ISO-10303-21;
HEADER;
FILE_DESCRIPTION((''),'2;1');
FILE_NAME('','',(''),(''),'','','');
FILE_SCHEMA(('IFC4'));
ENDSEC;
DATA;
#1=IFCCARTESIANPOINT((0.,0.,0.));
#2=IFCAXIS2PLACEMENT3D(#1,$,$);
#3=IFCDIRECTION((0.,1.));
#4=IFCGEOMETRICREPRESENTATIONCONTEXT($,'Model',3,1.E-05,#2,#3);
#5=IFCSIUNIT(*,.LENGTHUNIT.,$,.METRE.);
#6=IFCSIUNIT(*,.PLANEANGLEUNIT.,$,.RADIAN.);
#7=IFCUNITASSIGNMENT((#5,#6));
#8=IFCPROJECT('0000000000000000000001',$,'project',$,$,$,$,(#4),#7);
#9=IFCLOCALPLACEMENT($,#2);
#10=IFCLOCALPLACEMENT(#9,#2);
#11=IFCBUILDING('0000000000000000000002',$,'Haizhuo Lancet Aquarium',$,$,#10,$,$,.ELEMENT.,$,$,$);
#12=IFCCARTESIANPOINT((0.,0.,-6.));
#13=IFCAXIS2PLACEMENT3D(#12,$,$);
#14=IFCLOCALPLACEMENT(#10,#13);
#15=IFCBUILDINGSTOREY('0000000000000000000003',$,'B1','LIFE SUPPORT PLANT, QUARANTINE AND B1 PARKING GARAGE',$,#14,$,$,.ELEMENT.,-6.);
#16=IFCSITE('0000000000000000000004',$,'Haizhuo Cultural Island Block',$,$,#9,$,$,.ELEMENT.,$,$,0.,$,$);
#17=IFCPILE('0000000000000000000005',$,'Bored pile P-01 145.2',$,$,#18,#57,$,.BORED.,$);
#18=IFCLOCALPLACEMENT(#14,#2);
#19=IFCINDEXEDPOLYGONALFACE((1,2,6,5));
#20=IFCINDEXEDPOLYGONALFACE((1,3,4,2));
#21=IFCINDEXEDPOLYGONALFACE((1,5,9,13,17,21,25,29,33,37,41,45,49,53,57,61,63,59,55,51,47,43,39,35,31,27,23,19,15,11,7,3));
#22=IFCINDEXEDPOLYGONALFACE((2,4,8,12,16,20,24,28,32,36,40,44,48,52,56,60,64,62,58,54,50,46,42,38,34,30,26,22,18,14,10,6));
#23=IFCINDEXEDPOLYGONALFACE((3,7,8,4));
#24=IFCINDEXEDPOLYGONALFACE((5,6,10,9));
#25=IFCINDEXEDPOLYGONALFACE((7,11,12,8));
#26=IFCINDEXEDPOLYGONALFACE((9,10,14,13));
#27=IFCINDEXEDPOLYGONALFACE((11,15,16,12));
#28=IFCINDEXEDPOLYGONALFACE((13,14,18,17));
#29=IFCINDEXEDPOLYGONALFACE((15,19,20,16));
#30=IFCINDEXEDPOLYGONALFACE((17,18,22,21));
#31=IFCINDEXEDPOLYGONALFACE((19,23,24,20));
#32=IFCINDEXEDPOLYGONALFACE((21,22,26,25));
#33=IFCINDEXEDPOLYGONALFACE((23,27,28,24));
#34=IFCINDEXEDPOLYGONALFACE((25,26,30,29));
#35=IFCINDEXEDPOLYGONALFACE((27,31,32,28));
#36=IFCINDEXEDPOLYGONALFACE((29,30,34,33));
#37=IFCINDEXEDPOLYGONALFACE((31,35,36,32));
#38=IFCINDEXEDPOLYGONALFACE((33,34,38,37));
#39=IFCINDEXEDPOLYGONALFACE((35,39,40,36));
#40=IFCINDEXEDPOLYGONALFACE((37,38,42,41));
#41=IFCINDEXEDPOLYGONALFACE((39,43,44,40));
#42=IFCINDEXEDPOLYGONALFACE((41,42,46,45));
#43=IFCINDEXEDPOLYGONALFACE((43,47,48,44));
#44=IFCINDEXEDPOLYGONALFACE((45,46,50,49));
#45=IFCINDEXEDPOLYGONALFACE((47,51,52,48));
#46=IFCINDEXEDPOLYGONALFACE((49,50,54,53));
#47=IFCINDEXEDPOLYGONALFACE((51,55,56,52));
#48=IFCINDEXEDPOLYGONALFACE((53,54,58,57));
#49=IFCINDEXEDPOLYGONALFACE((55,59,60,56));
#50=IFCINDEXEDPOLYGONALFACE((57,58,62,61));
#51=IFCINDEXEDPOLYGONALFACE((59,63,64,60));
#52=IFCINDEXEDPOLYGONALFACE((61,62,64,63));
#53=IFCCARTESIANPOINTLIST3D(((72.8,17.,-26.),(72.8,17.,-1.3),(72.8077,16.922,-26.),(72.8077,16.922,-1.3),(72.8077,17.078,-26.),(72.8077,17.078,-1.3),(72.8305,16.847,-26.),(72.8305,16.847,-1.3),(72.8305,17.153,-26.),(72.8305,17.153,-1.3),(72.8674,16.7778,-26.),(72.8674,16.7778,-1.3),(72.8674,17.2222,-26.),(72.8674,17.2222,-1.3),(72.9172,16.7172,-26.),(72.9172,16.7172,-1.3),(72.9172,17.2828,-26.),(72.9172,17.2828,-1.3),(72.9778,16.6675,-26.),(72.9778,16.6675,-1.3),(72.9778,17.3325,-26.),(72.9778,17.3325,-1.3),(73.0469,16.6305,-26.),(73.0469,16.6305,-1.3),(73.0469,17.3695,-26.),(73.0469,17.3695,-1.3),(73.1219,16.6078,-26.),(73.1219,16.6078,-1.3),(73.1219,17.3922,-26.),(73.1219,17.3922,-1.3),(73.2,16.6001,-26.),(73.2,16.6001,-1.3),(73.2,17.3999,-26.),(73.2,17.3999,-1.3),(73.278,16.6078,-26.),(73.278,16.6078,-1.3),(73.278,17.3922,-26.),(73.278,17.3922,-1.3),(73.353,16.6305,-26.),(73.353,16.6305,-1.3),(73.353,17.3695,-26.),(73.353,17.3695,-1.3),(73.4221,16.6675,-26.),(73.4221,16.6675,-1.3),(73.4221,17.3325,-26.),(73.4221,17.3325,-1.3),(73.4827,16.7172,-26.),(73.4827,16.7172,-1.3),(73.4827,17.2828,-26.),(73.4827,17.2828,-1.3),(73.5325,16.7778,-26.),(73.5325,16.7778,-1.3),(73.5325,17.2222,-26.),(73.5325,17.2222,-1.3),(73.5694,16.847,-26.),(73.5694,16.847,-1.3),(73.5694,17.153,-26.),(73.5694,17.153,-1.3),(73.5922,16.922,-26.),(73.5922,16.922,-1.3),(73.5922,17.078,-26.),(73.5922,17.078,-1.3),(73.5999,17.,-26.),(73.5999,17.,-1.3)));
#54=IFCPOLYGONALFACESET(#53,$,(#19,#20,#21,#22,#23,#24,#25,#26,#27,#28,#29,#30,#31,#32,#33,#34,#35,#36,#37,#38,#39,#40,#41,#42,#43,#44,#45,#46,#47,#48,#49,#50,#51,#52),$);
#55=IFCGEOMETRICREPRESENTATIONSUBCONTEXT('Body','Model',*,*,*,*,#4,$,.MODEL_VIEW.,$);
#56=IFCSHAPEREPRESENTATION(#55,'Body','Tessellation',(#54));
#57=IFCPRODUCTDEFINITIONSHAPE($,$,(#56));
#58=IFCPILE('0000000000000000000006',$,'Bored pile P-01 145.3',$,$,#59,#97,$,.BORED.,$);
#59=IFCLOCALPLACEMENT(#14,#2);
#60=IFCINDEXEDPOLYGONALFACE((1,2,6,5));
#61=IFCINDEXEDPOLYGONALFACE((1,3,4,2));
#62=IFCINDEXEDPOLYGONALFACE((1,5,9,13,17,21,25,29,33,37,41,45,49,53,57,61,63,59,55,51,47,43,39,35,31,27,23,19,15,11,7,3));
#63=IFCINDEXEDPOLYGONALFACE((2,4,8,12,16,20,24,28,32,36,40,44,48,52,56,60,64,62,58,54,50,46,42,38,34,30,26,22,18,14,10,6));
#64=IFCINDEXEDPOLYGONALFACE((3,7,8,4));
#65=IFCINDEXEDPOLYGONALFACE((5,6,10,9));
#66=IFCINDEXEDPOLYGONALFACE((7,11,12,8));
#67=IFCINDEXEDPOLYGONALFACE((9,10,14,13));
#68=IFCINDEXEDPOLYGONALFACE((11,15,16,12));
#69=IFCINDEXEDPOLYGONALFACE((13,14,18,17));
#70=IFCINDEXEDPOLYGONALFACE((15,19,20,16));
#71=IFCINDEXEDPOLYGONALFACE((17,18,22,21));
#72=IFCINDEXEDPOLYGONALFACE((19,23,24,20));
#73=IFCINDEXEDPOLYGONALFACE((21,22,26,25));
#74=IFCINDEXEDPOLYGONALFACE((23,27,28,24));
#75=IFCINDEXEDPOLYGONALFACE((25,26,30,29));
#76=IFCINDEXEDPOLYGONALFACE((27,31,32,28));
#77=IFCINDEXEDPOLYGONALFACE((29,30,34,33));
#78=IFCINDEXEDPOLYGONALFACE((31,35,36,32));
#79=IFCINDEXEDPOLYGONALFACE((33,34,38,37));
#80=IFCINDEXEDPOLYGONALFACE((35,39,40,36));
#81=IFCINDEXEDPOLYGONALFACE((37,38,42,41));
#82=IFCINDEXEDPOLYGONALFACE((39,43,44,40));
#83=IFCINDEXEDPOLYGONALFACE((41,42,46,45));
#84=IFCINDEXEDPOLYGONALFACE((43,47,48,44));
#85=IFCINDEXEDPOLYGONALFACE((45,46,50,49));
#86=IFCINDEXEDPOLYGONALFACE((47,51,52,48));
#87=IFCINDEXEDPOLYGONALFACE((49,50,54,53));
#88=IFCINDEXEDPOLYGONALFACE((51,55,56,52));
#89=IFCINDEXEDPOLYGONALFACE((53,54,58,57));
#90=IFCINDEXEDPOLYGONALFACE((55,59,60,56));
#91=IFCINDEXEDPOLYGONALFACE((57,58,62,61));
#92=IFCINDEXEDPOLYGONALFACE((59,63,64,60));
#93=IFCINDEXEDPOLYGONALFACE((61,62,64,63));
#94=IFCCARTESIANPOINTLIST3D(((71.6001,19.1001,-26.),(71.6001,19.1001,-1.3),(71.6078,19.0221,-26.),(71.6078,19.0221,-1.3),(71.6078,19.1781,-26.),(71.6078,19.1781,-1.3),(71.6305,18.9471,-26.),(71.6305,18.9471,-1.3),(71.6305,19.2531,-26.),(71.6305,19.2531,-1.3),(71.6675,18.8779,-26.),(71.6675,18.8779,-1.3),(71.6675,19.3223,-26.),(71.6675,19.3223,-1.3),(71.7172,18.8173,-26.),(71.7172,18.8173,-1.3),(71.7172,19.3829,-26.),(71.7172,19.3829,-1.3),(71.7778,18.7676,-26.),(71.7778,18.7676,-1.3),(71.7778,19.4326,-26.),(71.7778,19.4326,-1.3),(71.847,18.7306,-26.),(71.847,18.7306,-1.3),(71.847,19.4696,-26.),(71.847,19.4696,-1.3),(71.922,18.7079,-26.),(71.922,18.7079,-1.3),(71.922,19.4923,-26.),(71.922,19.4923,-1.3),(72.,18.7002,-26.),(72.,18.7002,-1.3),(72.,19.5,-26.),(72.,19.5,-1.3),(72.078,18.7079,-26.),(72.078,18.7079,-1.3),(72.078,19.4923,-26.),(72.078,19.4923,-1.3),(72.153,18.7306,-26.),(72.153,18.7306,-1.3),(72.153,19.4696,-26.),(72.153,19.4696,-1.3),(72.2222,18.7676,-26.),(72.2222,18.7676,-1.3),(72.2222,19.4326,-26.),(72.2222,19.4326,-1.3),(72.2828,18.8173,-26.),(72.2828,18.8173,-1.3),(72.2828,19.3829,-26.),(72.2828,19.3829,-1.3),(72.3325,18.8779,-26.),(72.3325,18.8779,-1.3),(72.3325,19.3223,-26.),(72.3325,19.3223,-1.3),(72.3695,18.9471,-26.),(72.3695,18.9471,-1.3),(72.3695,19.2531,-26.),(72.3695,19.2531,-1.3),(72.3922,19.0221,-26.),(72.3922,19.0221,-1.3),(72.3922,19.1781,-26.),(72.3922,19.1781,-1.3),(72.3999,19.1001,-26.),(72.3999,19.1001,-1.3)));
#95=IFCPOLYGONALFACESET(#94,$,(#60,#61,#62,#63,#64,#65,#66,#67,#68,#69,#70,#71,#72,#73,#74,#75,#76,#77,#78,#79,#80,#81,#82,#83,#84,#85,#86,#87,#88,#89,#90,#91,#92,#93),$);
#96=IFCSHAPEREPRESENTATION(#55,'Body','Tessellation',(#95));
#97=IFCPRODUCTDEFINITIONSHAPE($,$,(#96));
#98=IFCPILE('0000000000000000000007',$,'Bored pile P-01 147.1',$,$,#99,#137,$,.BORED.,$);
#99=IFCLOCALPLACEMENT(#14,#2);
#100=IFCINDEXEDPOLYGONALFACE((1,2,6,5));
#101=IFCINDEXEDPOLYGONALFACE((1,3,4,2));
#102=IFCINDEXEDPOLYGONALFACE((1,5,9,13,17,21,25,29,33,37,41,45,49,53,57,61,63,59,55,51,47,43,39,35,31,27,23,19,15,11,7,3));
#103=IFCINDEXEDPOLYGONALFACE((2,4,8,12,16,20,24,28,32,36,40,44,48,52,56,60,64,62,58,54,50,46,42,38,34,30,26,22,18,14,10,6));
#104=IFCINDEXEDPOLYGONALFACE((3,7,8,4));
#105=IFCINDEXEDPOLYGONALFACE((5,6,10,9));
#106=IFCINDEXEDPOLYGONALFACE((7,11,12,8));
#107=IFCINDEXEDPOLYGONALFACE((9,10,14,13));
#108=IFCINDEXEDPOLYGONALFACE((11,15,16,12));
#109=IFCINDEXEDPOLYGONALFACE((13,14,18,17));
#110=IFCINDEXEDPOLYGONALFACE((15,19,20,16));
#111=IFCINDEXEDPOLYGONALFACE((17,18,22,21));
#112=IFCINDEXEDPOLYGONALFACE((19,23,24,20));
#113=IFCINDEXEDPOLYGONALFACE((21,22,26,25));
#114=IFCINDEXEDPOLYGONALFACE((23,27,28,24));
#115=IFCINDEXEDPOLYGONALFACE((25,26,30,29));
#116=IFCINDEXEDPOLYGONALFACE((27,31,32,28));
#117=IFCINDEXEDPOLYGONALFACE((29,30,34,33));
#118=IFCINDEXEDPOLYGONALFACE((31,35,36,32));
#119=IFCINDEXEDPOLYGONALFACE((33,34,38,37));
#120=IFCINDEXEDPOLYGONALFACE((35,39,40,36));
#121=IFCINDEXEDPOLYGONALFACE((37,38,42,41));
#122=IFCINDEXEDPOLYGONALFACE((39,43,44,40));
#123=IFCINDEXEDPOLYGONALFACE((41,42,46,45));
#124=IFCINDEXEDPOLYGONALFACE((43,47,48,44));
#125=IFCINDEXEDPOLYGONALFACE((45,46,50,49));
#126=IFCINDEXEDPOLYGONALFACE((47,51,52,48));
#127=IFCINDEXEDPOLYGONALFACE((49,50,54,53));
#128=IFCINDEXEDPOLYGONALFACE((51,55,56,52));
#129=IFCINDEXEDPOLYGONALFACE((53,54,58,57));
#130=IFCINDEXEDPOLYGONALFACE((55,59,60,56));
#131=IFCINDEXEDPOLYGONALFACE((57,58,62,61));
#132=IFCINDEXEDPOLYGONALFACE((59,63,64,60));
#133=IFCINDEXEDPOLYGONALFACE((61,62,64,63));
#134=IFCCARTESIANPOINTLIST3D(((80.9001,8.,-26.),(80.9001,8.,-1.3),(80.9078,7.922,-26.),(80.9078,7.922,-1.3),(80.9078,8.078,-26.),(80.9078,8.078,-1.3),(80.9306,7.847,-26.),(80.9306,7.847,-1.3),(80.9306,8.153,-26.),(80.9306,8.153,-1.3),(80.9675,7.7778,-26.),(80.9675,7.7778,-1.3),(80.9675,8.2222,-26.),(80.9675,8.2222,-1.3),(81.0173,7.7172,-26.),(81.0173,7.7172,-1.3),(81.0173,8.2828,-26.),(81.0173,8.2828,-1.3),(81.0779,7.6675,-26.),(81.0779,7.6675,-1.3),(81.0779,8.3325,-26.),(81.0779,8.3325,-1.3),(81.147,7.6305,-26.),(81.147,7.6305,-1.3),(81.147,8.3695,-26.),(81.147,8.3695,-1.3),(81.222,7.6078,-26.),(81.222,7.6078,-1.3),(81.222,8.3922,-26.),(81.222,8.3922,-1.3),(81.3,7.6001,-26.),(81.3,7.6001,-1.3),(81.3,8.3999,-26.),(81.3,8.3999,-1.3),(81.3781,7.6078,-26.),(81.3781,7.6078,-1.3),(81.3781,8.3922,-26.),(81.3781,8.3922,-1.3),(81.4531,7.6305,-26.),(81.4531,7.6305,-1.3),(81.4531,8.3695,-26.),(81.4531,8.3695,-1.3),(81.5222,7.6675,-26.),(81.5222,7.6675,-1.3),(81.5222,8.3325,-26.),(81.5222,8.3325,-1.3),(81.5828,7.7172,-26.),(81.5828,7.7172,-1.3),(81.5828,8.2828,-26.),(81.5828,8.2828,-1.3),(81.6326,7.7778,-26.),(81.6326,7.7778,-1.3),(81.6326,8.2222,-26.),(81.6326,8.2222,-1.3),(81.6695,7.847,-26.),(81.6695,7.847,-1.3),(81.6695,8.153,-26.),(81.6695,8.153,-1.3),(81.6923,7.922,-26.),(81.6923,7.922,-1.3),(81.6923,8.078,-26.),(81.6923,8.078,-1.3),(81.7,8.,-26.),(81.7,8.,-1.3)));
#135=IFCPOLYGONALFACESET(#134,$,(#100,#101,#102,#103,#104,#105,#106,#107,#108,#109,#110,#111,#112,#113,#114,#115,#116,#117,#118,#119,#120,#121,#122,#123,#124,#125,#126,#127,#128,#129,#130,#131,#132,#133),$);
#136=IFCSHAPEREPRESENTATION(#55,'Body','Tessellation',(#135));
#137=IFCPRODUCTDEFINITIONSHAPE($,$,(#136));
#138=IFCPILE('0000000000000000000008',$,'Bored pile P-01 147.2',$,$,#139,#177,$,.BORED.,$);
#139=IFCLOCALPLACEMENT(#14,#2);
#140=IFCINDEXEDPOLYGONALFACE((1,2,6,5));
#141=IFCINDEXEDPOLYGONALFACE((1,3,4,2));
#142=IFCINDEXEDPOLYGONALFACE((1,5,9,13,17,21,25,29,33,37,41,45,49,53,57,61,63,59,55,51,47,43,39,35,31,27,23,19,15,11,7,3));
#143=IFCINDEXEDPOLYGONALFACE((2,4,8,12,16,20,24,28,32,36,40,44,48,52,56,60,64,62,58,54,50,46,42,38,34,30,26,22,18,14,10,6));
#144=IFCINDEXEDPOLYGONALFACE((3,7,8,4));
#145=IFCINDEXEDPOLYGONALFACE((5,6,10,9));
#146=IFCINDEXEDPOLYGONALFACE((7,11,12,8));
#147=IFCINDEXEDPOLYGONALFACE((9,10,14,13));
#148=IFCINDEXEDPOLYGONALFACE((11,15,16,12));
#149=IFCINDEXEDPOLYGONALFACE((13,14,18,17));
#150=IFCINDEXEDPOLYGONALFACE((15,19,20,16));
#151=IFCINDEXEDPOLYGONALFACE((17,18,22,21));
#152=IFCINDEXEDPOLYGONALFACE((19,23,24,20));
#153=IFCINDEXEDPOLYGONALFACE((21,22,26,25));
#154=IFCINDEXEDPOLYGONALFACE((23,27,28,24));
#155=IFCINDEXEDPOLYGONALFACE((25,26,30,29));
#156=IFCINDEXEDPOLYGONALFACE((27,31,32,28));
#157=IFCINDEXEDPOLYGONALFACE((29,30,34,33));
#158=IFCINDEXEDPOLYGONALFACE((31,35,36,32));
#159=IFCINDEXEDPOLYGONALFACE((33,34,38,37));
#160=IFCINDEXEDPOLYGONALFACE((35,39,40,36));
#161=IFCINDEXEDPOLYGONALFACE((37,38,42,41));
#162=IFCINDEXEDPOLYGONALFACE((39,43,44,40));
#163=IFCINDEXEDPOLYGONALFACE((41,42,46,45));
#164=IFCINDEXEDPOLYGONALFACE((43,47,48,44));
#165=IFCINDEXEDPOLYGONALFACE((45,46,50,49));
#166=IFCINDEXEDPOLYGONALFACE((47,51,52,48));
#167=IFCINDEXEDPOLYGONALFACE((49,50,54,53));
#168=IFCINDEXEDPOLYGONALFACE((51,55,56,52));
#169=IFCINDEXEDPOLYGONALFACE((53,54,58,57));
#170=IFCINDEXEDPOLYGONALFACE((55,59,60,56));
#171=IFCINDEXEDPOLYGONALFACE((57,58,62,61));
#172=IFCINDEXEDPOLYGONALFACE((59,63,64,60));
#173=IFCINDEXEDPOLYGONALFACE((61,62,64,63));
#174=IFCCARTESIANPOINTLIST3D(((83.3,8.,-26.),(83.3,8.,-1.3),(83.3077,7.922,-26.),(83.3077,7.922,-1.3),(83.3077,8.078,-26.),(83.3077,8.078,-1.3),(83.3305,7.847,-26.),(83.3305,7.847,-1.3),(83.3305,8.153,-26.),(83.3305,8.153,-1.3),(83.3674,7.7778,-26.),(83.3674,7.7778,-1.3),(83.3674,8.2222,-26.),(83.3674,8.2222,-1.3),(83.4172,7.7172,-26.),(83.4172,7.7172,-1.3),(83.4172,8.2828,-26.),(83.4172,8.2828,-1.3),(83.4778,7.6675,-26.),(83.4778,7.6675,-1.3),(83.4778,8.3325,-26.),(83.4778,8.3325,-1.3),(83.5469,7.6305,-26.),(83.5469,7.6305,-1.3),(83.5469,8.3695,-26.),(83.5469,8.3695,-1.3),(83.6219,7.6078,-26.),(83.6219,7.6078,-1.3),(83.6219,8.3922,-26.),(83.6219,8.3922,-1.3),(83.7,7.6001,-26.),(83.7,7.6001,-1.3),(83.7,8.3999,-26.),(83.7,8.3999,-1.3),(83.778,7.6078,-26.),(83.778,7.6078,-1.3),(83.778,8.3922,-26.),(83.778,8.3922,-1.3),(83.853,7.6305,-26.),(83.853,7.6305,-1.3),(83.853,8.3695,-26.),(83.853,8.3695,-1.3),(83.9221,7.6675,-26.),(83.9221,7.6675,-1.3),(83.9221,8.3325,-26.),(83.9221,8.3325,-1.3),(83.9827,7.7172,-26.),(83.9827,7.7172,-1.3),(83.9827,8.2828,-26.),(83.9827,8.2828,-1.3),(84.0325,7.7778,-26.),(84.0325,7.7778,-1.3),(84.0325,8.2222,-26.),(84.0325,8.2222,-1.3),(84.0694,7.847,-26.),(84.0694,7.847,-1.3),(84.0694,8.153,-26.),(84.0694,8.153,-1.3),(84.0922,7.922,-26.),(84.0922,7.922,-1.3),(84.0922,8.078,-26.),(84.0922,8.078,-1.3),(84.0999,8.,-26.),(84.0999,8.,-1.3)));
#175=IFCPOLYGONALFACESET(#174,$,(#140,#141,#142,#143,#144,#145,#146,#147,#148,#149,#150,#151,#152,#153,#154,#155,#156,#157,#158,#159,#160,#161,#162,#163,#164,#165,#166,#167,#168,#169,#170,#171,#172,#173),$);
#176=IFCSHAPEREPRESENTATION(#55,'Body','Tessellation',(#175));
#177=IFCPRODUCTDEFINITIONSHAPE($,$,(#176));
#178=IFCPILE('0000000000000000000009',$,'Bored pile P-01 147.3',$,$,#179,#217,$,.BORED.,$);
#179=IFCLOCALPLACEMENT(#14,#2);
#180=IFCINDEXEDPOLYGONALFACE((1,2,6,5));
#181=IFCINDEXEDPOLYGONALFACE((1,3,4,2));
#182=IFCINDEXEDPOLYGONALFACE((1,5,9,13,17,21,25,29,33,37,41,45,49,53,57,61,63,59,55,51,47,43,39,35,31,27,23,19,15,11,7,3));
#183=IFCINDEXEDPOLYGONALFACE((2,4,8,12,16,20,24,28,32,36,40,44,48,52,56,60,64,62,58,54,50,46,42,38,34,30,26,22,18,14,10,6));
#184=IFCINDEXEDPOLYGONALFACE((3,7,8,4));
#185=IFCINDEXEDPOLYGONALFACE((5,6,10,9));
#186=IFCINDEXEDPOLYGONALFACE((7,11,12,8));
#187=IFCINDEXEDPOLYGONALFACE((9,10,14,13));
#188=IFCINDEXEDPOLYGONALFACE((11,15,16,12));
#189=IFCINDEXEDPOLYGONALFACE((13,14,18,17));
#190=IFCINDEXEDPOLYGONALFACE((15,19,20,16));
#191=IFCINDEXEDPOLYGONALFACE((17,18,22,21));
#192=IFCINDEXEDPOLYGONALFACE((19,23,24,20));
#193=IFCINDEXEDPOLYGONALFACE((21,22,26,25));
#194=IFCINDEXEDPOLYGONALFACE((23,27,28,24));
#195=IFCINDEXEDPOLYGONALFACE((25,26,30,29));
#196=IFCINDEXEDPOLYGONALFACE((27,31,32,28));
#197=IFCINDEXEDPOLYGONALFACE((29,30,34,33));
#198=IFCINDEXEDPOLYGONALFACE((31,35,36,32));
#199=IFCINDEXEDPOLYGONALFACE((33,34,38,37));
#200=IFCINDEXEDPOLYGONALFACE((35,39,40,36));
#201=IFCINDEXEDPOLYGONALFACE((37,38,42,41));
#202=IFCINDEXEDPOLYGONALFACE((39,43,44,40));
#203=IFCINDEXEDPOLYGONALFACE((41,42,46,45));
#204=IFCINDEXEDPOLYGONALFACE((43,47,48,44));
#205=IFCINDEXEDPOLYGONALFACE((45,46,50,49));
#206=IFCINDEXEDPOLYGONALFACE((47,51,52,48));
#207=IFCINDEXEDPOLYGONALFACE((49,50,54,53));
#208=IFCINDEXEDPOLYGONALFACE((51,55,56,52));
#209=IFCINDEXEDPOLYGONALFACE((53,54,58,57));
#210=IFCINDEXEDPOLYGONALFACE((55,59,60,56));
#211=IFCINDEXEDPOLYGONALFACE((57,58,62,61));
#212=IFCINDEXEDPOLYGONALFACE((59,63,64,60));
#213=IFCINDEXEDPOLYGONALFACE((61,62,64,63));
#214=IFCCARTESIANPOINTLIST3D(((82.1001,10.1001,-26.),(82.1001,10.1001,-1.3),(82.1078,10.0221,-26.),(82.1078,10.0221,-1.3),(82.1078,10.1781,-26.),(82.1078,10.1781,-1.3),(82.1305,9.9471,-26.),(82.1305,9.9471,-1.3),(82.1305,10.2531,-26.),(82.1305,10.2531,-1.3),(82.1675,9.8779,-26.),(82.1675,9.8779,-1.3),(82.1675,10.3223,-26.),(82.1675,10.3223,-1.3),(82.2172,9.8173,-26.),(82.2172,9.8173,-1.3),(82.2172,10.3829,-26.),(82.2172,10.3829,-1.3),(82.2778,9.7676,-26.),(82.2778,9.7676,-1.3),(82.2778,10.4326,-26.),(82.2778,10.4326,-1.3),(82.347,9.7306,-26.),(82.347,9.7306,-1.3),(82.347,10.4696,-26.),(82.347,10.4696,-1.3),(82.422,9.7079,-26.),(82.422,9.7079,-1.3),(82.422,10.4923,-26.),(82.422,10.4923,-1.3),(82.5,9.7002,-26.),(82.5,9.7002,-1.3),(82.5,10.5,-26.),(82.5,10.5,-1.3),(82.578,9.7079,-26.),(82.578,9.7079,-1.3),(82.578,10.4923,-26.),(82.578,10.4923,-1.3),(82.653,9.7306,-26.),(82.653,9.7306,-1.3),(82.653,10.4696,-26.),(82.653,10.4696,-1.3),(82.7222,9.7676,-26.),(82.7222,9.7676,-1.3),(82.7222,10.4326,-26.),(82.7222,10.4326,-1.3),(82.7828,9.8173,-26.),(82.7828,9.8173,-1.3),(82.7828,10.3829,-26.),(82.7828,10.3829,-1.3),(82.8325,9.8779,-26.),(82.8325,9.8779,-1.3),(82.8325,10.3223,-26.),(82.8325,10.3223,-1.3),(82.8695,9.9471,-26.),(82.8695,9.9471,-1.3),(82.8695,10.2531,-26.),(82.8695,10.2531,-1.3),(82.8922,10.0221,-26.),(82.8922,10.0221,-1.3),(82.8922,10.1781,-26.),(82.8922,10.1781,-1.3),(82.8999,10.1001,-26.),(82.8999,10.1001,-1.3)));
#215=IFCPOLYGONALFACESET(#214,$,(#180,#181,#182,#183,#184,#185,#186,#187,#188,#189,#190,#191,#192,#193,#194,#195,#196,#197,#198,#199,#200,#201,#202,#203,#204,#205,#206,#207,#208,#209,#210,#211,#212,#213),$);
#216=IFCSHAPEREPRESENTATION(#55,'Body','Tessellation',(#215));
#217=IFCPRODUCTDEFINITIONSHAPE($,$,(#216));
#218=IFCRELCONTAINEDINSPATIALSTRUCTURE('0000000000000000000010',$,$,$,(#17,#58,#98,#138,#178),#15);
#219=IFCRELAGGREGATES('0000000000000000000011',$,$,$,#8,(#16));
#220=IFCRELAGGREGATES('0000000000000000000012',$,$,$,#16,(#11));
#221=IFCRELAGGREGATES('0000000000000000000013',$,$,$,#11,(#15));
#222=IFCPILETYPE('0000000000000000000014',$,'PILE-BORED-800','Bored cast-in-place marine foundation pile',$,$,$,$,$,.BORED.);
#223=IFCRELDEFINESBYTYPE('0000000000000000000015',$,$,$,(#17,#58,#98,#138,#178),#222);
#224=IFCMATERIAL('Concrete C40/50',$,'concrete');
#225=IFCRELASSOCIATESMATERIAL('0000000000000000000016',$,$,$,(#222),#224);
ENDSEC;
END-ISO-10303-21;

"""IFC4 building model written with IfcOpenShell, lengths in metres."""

from ifc_helpers import new_model, si_unit, direction, frame, origin, origin_2d, place, context, subcontext, project, spatial, circle, extrude, material, material_profile, profile_set, type_object, element, save


model = new_model("IFC4")

# Units and contexts
model_context = context("Model", 3, precision=1e-05, world=origin(), true_north=direction((0.0, 1.0)))
body_context = subcontext(model_context, "Body", "Model", "MODEL_VIEW")
ifc_project = project(units=[si_unit("LENGTHUNIT", "METRE"), si_unit("PLANEANGLEUNIT", "RADIAN")], contexts=[model_context])

# Site, building, storey
site_placement = place(None, origin())
site = spatial("IfcSite", under=ifc_project, at=site_placement, Name="Haizhuo Cultural Island Block", CompositionType="ELEMENT", RefElevation=0.0)
building_placement = place(site_placement, origin())
building = spatial("IfcBuilding", under=site, at=building_placement, Name="Haizhuo Lancet Aquarium", CompositionType="ELEMENT")
storey_placement = place(building_placement, frame((0.0, 0.0, -6.0)))
storey = spatial("IfcBuildingStorey", under=building, at=storey_placement, Name="B1", Description="LIFE SUPPORT PLANT, QUARANTINE AND B1 PARKING GARAGE", CompositionType="ELEMENT", Elevation=-6.0)

# Shared definitions
ifc_material_1 = material(Name="Concrete C40/50", Category="concrete")

# Piles
ifc_material_profile_1 = material_profile(ifc_material_1, circle(Radius=0.3999, at=origin_2d()), Name="PILE-800")
ifc_profile_set_1 = profile_set([ifc_material_profile_1], Name="Concrete C40/50")
pile_type = type_object("IfcPileType", Name="PILE-BORED-800", Description="Bored cast-in-place marine foundation pile", PredefinedType="BORED", material=ifc_profile_set_1)
for number, where, z_axis, x_axis, name in (
    (1, (73.2, 17.0, -1.3), (0.0, 0.0, -1.0), (1.0, 0.0, 0.0), "Bored pile P-01 145.2"),
    (2, (72.0, 19.1001, -1.3), (0.0, 0.0, -1.0), (1.0, 0.0, 0.0), "Bored pile P-01 145.3"),
    (3, (81.3, 8.0, -1.3), (0.0, 0.0, -1.0), (1.0, 0.0, 0.0), "Bored pile P-01 147.1"),
    (4, (83.7, 8.0, -1.3), (0.0, 0.0, -1.0), (1.0, 0.0, 0.0), "Bored pile P-01 147.2"),
    (5, (82.5, 10.1001, -1.3), (0.0, 0.0, -1.0), (1.0, 0.0, 0.0), "Bored pile P-01 147.3"),
):
    element("IfcPile", number, at=place(storey_placement, frame(where, z_axis=z_axis, x_axis=x_axis)), inside=storey, type_object=pile_type, Name=name, PredefinedType="BORED", context=body_context, shape_type="SweptSolid", body=[
        extrude(circle(Radius=0.3999, at=origin_2d()), origin(), (0.0, 0.0, 1.0), 24.7),
    ])

save(model, "model.ifc")
